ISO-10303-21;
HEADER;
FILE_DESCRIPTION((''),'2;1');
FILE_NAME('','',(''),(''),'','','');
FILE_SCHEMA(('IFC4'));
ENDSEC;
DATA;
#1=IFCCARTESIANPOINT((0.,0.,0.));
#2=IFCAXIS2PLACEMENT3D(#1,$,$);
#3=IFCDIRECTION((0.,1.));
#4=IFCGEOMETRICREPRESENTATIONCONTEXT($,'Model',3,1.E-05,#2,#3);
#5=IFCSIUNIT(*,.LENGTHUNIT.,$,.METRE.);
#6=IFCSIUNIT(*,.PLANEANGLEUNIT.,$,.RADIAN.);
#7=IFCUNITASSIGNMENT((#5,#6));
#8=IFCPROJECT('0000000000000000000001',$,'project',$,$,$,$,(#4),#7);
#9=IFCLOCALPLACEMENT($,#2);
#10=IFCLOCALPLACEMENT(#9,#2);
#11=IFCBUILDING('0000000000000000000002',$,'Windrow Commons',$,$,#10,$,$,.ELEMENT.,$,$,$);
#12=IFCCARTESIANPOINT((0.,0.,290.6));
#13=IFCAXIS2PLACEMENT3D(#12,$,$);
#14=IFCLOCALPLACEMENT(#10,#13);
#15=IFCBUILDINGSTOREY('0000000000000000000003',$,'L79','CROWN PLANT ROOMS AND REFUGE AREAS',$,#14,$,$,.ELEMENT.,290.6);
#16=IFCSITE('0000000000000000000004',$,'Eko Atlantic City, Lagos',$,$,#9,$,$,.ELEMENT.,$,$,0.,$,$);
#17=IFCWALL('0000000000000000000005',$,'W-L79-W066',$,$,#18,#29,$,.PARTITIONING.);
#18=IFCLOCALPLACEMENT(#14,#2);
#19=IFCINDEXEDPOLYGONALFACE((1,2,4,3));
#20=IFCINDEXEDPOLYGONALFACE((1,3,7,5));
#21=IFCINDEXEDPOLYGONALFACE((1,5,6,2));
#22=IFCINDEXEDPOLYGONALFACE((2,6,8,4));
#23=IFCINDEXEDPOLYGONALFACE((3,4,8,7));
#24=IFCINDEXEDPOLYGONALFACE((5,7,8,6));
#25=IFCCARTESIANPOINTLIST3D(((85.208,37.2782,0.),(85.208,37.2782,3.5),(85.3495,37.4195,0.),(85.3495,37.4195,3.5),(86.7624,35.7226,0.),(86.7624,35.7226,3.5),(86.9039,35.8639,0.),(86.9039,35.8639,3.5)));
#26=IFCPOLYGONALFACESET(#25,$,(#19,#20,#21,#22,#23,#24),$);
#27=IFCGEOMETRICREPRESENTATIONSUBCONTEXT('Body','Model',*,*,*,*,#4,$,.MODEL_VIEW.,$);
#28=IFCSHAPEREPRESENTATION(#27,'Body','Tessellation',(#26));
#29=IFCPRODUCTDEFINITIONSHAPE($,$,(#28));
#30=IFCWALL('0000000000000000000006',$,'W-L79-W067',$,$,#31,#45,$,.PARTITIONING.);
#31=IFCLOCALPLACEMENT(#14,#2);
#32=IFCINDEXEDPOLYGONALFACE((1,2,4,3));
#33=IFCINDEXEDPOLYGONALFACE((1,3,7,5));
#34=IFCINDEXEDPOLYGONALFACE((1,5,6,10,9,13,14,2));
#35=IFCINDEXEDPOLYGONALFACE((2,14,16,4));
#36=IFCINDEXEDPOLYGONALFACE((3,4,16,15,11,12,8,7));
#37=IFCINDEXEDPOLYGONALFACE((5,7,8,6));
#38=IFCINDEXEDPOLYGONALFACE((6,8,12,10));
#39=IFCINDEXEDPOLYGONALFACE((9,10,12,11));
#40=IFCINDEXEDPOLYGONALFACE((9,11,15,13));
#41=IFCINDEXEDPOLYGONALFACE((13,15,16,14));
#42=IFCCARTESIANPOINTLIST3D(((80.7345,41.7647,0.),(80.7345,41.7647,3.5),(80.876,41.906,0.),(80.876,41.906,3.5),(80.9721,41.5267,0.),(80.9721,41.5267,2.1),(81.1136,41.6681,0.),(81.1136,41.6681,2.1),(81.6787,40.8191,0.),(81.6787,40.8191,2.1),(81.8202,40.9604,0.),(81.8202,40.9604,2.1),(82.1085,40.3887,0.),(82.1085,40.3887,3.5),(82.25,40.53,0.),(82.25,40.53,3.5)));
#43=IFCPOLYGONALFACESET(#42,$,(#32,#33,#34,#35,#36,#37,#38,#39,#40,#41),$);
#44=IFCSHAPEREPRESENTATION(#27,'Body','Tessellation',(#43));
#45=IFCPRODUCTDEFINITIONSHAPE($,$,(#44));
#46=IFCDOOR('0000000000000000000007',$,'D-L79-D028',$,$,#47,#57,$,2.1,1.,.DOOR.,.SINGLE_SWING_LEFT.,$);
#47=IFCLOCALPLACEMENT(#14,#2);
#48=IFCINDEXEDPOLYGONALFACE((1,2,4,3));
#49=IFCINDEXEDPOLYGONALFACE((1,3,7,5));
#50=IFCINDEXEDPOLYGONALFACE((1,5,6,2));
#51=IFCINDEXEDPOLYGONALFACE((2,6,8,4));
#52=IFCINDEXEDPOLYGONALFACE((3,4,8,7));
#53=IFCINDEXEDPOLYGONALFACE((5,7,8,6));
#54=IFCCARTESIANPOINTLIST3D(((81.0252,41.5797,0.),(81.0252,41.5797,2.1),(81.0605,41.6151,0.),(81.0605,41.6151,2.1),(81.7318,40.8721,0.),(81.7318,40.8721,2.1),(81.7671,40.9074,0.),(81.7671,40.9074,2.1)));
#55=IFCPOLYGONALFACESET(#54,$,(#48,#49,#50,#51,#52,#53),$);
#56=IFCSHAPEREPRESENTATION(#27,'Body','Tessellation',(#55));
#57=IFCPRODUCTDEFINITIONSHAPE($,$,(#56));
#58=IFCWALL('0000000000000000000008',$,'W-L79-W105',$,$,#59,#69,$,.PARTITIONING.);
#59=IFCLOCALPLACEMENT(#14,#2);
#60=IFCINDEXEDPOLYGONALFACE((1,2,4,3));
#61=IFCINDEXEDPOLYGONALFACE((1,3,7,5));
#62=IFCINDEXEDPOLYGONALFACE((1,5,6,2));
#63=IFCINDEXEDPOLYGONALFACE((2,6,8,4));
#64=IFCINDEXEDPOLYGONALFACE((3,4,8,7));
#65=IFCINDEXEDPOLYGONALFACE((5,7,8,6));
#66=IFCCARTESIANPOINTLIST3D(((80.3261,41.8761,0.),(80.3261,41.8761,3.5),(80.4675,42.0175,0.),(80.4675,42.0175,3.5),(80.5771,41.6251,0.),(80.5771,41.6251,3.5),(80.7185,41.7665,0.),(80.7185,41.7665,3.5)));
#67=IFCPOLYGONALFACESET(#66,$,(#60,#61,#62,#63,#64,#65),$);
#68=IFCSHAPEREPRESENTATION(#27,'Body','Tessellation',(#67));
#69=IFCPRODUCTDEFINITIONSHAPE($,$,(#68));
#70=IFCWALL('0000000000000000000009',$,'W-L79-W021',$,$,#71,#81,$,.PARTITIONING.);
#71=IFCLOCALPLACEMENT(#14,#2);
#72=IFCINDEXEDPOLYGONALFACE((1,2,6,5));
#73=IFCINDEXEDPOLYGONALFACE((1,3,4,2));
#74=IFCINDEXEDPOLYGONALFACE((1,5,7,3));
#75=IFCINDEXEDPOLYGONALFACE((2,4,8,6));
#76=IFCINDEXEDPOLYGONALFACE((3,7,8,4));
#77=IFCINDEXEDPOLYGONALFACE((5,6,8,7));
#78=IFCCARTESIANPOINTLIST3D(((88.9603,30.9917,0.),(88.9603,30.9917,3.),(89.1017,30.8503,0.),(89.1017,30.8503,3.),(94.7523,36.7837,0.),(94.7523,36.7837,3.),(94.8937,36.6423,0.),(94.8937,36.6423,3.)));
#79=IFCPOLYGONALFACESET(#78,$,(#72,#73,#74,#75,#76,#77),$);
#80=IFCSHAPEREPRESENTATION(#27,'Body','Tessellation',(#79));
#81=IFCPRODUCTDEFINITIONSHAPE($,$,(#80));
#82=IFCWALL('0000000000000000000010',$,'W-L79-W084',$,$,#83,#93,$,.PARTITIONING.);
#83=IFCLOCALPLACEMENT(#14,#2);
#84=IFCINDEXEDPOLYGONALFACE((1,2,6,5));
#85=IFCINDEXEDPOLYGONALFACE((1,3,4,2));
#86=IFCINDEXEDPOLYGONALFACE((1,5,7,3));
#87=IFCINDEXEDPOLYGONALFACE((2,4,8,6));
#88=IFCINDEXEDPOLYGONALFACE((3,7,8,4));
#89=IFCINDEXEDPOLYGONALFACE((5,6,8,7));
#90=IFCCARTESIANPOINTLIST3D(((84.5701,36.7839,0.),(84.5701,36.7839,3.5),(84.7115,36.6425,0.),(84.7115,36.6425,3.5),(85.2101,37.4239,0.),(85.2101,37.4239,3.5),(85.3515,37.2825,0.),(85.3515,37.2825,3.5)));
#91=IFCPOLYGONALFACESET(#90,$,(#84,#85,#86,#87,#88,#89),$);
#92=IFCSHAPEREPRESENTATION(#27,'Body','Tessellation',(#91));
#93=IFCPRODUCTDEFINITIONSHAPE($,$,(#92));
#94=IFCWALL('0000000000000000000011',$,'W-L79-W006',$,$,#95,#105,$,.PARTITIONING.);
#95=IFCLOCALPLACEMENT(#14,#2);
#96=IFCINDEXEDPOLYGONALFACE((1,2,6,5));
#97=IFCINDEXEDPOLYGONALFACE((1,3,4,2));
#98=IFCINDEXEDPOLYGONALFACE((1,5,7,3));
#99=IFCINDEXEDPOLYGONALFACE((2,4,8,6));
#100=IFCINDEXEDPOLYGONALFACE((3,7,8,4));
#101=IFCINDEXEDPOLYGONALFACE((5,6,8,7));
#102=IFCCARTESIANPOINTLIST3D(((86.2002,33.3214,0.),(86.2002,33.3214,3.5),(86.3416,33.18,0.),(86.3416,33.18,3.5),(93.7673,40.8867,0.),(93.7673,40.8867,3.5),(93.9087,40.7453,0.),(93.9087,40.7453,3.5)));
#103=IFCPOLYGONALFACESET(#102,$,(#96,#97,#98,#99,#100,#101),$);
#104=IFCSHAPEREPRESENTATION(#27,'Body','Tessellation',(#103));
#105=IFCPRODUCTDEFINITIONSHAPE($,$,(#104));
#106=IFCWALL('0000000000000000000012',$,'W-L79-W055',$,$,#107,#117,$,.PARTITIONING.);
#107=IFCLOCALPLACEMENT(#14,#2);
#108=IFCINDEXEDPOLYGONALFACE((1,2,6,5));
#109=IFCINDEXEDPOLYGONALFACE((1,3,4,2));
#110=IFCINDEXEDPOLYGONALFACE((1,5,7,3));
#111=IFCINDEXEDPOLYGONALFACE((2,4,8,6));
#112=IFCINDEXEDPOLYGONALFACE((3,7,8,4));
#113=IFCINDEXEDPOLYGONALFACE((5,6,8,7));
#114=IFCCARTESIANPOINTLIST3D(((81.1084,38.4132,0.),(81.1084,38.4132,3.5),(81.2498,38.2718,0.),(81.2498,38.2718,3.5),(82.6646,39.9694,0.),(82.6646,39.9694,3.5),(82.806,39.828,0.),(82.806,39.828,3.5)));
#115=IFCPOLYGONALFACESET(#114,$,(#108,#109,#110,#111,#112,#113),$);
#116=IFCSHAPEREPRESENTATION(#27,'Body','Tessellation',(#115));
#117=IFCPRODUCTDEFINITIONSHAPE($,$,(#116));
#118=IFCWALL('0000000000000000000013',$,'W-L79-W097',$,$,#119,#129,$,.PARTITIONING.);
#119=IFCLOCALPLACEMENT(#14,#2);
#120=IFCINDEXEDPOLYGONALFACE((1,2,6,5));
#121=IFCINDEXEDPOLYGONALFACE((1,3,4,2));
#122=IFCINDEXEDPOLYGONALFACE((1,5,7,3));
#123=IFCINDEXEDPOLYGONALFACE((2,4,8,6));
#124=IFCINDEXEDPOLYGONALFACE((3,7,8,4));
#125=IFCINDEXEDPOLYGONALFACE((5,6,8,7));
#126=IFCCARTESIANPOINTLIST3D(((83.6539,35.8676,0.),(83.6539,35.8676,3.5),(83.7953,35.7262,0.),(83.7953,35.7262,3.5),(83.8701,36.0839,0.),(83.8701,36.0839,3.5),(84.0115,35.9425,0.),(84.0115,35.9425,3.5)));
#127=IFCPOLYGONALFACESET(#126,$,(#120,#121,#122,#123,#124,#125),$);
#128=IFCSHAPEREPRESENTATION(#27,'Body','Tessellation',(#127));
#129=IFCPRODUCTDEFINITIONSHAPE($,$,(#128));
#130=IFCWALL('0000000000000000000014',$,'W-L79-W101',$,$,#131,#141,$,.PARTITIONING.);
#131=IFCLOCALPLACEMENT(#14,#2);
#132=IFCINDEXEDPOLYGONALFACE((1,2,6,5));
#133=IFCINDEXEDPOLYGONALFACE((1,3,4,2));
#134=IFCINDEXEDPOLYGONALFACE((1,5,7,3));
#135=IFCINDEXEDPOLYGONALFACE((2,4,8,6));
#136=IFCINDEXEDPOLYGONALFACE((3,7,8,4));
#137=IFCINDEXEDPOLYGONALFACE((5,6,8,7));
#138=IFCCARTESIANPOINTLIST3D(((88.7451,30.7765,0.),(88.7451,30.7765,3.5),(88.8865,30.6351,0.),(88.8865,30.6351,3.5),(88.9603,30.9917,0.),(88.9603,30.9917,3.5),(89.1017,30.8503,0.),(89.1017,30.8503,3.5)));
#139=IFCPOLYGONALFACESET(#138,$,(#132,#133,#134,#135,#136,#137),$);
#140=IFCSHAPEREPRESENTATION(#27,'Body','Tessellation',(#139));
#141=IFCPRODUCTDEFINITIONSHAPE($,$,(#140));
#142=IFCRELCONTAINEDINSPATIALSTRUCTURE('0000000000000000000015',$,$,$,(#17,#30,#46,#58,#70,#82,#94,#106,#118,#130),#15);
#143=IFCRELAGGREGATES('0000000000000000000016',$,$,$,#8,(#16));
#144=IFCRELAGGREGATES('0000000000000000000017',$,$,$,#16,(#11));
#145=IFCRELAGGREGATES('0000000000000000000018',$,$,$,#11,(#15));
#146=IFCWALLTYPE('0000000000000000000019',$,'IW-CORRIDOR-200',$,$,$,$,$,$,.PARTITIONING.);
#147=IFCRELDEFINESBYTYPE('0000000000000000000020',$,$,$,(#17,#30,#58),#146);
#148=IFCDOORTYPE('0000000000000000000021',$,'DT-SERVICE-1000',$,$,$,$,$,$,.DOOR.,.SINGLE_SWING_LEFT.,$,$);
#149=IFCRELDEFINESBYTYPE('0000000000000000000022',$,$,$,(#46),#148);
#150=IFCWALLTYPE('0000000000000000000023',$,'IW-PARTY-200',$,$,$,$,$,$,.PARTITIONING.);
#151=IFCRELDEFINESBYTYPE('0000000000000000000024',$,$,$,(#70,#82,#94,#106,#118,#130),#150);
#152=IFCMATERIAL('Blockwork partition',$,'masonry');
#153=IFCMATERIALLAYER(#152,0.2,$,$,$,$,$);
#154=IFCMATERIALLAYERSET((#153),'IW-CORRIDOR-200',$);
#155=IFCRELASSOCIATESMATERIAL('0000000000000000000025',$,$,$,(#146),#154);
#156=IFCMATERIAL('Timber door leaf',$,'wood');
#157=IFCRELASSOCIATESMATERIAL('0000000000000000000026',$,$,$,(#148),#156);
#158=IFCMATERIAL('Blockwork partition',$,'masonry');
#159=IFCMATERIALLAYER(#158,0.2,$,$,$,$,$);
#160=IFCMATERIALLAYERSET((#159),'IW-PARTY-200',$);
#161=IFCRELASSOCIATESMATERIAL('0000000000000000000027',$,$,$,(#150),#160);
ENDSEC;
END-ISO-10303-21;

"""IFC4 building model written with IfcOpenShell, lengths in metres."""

from ifc_helpers import new_model, si_unit, direction, frame, frame_2d, origin, place, context, subcontext, project, spatial, polyline, rectangle, outline, extrude, material, layer, layer_set, type_object, element, fill, save


model = new_model("IFC4")

# Units and contexts
model_context = context("Model", 3, precision=1e-05, world=origin(), true_north=direction((0.0, 1.0)))
body_context = subcontext(model_context, "Body", "Model", "MODEL_VIEW")
ifc_project = project(units=[si_unit("LENGTHUNIT", "METRE"), si_unit("PLANEANGLEUNIT", "RADIAN")], contexts=[model_context])

# Site, building, storey
site_placement = place(None, origin())
site = spatial("IfcSite", under=ifc_project, at=site_placement, Name="Eko Atlantic City, Lagos", CompositionType="ELEMENT", RefElevation=0.0)
building_placement = place(site_placement, origin())
building = spatial("IfcBuilding", under=site, at=building_placement, Name="Windrow Commons", CompositionType="ELEMENT")
storey_placement = place(building_placement, frame((0.0, 0.0, 290.6)))
storey = spatial("IfcBuildingStorey", under=building, at=storey_placement, Name="L79", Description="CROWN PLANT ROOMS AND REFUGE AREAS", CompositionType="ELEMENT", Elevation=290.6)

# Shared definitions
ifc_material_1 = material(Name="Blockwork partition", Category="masonry")
ifc_layer_1 = layer(ifc_material_1, 0.2)
ifc_layer_set_1 = layer_set([ifc_layer_1], Name="IW-CORRIDOR-200")
wall_type_1 = type_object("IfcWallType", Name="IW-CORRIDOR-200", PredefinedType="PARTITIONING", material=ifc_layer_set_1)

# Shared definitions
ifc_material_2 = material(Name="Timber door leaf", Category="wood")
door_type_1 = type_object("IfcDoorType", Name="DT-SERVICE-1000", OperationType="SINGLE_SWING_LEFT", PredefinedType="DOOR", material=ifc_material_2)

# Wall
wall_1_placement = place(storey_placement, frame((86.8332, 35.7932, 0.0), z_axis=(0.0, 0.0, 1.0), x_axis=(-0.706834, 0.70738, 0.0)))
element("IfcWall", 1, at=wall_1_placement, inside=storey, type_object=wall_type_1, Name="W-L79-W066", PredefinedType="PARTITIONING", context=body_context, shape_type="SweptSolid", body=[
    extrude(rectangle(XDim=2.1991, YDim=0.2, at=frame_2d((1.0996, 0.0))), origin(), (0.0, 0.0, 1.0), 3.5),
])

# Wall, opening, door
wall_2_placement = place(storey_placement, frame((80.8053, 41.8353, 0.0), z_axis=(0.0, 0.0, 1.0), x_axis=(0.706592, -0.707621, 0.0)))
wall_2 = element("IfcWall", 2, at=wall_2_placement, inside=storey, type_object=wall_type_1, Name="W-L79-W067", PredefinedType="PARTITIONING", context=body_context, shape_type="SweptSolid", body=[
    extrude(rectangle(XDim=1.9445, YDim=0.2, at=frame_2d((0.9722, 0.0))), origin(), (0.0, 0.0, 1.0), 3.5),
])
opening_1_placement = place(wall_2_placement, frame((0.3362, 0.0, 0.0)))
opening_1 = element("IfcOpeningElement", 3, at=opening_1_placement, cuts=wall_2, PredefinedType="OPENING", context=body_context, shape_type="SweptSolid", body=[
    extrude(rectangle(XDim=1.0, YDim=2.1, at=frame_2d((0.5, 1.05))), frame((0.0, 0.11, 0.0), z_axis=(0.0, -1.0, 0.0), x_axis=(1.0, 0.0, 0.0)), (0.0, 0.0, 1.0), 0.22),
])
door_1_placement = place(opening_1_placement, origin())
door_1 = element("IfcDoor", 4, at=door_1_placement, inside=storey, type_object=door_type_1, Name="D-L79-D028", OperationType="SINGLE_SWING_LEFT", OverallHeight=2.1, OverallWidth=1.0, PredefinedType="DOOR", context=body_context, shape_type="SweptSolid", body=[
    extrude(rectangle(XDim=1.0, YDim=2.1, at=frame_2d((0.5, 1.05))), frame((0.0, 0.025, 0.0), z_axis=(0.0, -1.0, 0.0), x_axis=(1.0, 0.0, 0.0)), (0.0, 0.0, 1.0), 0.05),
])
fill(opening_1, door_1)

# Walls
wall_3_placement = place(storey_placement, frame((80.3968, 41.9468, 0.0), z_axis=(0.0, 0.0, 1.0), x_axis=(0.707107, -0.707107, 0.0)))
element("IfcWall", 5, at=wall_3_placement, inside=storey, type_object=wall_type_1, Name="W-L79-W105", PredefinedType="PARTITIONING", context=body_context, shape_type="SweptSolid", body=[
    extrude(rectangle(XDim=0.355, YDim=0.2, at=frame_2d((0.1775, 0.0))), origin(), (0.0, 0.0, 1.0), 3.5),
])
ifc_material_3 = material(Name="Blockwork partition", Category="masonry")
ifc_layer_2 = layer(ifc_material_3, 0.2)
ifc_layer_set_2 = layer_set([ifc_layer_2], Name="IW-PARTY-200")
wall_type_2 = type_object("IfcWallType", Name="IW-PARTY-200", PredefinedType="PARTITIONING", material=ifc_layer_set_2)
wall_4_placement = place(storey_placement, frame((89.031, 30.921, 0.0), z_axis=(0.0, 0.0, 1.0), x_axis=(0.707107, 0.707107, 0.0)))
element("IfcWall", 6, at=wall_4_placement, inside=storey, type_object=wall_type_2, Name="W-L79-W021", PredefinedType="PARTITIONING", context=body_context, shape_type="SweptSolid", body=[
    extrude(rectangle(XDim=8.1911, YDim=0.2, at=frame_2d((4.0956, 0.0))), origin(), (0.0, 0.0, 1.0), 3.0),
])
wall_5_placement = place(storey_placement, frame((84.6408, 36.7132, 0.0), z_axis=(0.0, 0.0, 1.0), x_axis=(0.707107, 0.707107, 0.0)))
element("IfcWall", 7, at=wall_5_placement, inside=storey, type_object=wall_type_2, Name="W-L79-W084", PredefinedType="PARTITIONING", context=body_context, shape_type="SweptSolid", body=[
    extrude(rectangle(XDim=0.9051, YDim=0.2, at=frame_2d((0.4526, 0.0))), origin(), (0.0, 0.0, 1.0), 3.5),
])
wall_6_placement = place(storey_placement, frame((86.2709, 33.2507, 0.0), z_axis=(0.0, 0.0, 1.0), x_axis=(0.707191, 0.707023, 0.0)))
element("IfcWall", 8, at=wall_6_placement, inside=storey, type_object=wall_type_2, Name="W-L79-W006", PredefinedType="PARTITIONING", context=body_context, shape_type="SweptSolid", body=[
    extrude(outline(polyline([(0.0, -0.1), (10.7002, -0.1), (10.7002, 0.1), (0.0, 0.1), (0.0, -0.1)])), origin(), (0.0, 0.0, 1.0), 3.5),
])
wall_7_placement = place(storey_placement, frame((81.1791, 38.3425, 0.0), z_axis=(0.0, 0.0, 1.0), x_axis=(0.707107, 0.707107, 0.0)))
element("IfcWall", 9, at=wall_7_placement, inside=storey, type_object=wall_type_2, Name="W-L79-W055", PredefinedType="PARTITIONING", context=body_context, shape_type="SweptSolid", body=[
    extrude(outline(polyline([(0.0, -0.1), (2.2008, -0.1), (2.2008, 0.1), (0.0, 0.1), (0.0, -0.1)])), origin(), (0.0, 0.0, 1.0), 3.5),
])
wall_8_placement = place(storey_placement, frame((83.7246, 35.7969, 0.0), z_axis=(0.0, 0.0, 1.0), x_axis=(0.706943, 0.70727, 0.0)))
element("IfcWall", 10, at=wall_8_placement, inside=storey, type_object=wall_type_2, Name="W-L79-W097", PredefinedType="PARTITIONING", context=body_context, shape_type="SweptSolid", body=[
    extrude(outline(polyline([(0.0, -0.1), (0.3058, -0.1), (0.3058, 0.1), (0.0, 0.1), (0.0, -0.1)])), origin(), (0.0, 0.0, 1.0), 3.5),
])
wall_9_placement = place(storey_placement, frame((88.8158, 30.7058, 0.0), z_axis=(0.0, 0.0, 1.0), x_axis=(0.707107, 0.707107, 0.0)))
element("IfcWall", 11, at=wall_9_placement, inside=storey, type_object=wall_type_2, Name="W-L79-W101", PredefinedType="PARTITIONING", context=body_context, shape_type="SweptSolid", body=[
    extrude(outline(polyline([(0.0, -0.1), (0.3043, -0.1), (0.3043, 0.1), (0.0, 0.1), (0.0, -0.1)])), origin(), (0.0, 0.0, 1.0), 3.5),
])

save(model, "model.ifc")
